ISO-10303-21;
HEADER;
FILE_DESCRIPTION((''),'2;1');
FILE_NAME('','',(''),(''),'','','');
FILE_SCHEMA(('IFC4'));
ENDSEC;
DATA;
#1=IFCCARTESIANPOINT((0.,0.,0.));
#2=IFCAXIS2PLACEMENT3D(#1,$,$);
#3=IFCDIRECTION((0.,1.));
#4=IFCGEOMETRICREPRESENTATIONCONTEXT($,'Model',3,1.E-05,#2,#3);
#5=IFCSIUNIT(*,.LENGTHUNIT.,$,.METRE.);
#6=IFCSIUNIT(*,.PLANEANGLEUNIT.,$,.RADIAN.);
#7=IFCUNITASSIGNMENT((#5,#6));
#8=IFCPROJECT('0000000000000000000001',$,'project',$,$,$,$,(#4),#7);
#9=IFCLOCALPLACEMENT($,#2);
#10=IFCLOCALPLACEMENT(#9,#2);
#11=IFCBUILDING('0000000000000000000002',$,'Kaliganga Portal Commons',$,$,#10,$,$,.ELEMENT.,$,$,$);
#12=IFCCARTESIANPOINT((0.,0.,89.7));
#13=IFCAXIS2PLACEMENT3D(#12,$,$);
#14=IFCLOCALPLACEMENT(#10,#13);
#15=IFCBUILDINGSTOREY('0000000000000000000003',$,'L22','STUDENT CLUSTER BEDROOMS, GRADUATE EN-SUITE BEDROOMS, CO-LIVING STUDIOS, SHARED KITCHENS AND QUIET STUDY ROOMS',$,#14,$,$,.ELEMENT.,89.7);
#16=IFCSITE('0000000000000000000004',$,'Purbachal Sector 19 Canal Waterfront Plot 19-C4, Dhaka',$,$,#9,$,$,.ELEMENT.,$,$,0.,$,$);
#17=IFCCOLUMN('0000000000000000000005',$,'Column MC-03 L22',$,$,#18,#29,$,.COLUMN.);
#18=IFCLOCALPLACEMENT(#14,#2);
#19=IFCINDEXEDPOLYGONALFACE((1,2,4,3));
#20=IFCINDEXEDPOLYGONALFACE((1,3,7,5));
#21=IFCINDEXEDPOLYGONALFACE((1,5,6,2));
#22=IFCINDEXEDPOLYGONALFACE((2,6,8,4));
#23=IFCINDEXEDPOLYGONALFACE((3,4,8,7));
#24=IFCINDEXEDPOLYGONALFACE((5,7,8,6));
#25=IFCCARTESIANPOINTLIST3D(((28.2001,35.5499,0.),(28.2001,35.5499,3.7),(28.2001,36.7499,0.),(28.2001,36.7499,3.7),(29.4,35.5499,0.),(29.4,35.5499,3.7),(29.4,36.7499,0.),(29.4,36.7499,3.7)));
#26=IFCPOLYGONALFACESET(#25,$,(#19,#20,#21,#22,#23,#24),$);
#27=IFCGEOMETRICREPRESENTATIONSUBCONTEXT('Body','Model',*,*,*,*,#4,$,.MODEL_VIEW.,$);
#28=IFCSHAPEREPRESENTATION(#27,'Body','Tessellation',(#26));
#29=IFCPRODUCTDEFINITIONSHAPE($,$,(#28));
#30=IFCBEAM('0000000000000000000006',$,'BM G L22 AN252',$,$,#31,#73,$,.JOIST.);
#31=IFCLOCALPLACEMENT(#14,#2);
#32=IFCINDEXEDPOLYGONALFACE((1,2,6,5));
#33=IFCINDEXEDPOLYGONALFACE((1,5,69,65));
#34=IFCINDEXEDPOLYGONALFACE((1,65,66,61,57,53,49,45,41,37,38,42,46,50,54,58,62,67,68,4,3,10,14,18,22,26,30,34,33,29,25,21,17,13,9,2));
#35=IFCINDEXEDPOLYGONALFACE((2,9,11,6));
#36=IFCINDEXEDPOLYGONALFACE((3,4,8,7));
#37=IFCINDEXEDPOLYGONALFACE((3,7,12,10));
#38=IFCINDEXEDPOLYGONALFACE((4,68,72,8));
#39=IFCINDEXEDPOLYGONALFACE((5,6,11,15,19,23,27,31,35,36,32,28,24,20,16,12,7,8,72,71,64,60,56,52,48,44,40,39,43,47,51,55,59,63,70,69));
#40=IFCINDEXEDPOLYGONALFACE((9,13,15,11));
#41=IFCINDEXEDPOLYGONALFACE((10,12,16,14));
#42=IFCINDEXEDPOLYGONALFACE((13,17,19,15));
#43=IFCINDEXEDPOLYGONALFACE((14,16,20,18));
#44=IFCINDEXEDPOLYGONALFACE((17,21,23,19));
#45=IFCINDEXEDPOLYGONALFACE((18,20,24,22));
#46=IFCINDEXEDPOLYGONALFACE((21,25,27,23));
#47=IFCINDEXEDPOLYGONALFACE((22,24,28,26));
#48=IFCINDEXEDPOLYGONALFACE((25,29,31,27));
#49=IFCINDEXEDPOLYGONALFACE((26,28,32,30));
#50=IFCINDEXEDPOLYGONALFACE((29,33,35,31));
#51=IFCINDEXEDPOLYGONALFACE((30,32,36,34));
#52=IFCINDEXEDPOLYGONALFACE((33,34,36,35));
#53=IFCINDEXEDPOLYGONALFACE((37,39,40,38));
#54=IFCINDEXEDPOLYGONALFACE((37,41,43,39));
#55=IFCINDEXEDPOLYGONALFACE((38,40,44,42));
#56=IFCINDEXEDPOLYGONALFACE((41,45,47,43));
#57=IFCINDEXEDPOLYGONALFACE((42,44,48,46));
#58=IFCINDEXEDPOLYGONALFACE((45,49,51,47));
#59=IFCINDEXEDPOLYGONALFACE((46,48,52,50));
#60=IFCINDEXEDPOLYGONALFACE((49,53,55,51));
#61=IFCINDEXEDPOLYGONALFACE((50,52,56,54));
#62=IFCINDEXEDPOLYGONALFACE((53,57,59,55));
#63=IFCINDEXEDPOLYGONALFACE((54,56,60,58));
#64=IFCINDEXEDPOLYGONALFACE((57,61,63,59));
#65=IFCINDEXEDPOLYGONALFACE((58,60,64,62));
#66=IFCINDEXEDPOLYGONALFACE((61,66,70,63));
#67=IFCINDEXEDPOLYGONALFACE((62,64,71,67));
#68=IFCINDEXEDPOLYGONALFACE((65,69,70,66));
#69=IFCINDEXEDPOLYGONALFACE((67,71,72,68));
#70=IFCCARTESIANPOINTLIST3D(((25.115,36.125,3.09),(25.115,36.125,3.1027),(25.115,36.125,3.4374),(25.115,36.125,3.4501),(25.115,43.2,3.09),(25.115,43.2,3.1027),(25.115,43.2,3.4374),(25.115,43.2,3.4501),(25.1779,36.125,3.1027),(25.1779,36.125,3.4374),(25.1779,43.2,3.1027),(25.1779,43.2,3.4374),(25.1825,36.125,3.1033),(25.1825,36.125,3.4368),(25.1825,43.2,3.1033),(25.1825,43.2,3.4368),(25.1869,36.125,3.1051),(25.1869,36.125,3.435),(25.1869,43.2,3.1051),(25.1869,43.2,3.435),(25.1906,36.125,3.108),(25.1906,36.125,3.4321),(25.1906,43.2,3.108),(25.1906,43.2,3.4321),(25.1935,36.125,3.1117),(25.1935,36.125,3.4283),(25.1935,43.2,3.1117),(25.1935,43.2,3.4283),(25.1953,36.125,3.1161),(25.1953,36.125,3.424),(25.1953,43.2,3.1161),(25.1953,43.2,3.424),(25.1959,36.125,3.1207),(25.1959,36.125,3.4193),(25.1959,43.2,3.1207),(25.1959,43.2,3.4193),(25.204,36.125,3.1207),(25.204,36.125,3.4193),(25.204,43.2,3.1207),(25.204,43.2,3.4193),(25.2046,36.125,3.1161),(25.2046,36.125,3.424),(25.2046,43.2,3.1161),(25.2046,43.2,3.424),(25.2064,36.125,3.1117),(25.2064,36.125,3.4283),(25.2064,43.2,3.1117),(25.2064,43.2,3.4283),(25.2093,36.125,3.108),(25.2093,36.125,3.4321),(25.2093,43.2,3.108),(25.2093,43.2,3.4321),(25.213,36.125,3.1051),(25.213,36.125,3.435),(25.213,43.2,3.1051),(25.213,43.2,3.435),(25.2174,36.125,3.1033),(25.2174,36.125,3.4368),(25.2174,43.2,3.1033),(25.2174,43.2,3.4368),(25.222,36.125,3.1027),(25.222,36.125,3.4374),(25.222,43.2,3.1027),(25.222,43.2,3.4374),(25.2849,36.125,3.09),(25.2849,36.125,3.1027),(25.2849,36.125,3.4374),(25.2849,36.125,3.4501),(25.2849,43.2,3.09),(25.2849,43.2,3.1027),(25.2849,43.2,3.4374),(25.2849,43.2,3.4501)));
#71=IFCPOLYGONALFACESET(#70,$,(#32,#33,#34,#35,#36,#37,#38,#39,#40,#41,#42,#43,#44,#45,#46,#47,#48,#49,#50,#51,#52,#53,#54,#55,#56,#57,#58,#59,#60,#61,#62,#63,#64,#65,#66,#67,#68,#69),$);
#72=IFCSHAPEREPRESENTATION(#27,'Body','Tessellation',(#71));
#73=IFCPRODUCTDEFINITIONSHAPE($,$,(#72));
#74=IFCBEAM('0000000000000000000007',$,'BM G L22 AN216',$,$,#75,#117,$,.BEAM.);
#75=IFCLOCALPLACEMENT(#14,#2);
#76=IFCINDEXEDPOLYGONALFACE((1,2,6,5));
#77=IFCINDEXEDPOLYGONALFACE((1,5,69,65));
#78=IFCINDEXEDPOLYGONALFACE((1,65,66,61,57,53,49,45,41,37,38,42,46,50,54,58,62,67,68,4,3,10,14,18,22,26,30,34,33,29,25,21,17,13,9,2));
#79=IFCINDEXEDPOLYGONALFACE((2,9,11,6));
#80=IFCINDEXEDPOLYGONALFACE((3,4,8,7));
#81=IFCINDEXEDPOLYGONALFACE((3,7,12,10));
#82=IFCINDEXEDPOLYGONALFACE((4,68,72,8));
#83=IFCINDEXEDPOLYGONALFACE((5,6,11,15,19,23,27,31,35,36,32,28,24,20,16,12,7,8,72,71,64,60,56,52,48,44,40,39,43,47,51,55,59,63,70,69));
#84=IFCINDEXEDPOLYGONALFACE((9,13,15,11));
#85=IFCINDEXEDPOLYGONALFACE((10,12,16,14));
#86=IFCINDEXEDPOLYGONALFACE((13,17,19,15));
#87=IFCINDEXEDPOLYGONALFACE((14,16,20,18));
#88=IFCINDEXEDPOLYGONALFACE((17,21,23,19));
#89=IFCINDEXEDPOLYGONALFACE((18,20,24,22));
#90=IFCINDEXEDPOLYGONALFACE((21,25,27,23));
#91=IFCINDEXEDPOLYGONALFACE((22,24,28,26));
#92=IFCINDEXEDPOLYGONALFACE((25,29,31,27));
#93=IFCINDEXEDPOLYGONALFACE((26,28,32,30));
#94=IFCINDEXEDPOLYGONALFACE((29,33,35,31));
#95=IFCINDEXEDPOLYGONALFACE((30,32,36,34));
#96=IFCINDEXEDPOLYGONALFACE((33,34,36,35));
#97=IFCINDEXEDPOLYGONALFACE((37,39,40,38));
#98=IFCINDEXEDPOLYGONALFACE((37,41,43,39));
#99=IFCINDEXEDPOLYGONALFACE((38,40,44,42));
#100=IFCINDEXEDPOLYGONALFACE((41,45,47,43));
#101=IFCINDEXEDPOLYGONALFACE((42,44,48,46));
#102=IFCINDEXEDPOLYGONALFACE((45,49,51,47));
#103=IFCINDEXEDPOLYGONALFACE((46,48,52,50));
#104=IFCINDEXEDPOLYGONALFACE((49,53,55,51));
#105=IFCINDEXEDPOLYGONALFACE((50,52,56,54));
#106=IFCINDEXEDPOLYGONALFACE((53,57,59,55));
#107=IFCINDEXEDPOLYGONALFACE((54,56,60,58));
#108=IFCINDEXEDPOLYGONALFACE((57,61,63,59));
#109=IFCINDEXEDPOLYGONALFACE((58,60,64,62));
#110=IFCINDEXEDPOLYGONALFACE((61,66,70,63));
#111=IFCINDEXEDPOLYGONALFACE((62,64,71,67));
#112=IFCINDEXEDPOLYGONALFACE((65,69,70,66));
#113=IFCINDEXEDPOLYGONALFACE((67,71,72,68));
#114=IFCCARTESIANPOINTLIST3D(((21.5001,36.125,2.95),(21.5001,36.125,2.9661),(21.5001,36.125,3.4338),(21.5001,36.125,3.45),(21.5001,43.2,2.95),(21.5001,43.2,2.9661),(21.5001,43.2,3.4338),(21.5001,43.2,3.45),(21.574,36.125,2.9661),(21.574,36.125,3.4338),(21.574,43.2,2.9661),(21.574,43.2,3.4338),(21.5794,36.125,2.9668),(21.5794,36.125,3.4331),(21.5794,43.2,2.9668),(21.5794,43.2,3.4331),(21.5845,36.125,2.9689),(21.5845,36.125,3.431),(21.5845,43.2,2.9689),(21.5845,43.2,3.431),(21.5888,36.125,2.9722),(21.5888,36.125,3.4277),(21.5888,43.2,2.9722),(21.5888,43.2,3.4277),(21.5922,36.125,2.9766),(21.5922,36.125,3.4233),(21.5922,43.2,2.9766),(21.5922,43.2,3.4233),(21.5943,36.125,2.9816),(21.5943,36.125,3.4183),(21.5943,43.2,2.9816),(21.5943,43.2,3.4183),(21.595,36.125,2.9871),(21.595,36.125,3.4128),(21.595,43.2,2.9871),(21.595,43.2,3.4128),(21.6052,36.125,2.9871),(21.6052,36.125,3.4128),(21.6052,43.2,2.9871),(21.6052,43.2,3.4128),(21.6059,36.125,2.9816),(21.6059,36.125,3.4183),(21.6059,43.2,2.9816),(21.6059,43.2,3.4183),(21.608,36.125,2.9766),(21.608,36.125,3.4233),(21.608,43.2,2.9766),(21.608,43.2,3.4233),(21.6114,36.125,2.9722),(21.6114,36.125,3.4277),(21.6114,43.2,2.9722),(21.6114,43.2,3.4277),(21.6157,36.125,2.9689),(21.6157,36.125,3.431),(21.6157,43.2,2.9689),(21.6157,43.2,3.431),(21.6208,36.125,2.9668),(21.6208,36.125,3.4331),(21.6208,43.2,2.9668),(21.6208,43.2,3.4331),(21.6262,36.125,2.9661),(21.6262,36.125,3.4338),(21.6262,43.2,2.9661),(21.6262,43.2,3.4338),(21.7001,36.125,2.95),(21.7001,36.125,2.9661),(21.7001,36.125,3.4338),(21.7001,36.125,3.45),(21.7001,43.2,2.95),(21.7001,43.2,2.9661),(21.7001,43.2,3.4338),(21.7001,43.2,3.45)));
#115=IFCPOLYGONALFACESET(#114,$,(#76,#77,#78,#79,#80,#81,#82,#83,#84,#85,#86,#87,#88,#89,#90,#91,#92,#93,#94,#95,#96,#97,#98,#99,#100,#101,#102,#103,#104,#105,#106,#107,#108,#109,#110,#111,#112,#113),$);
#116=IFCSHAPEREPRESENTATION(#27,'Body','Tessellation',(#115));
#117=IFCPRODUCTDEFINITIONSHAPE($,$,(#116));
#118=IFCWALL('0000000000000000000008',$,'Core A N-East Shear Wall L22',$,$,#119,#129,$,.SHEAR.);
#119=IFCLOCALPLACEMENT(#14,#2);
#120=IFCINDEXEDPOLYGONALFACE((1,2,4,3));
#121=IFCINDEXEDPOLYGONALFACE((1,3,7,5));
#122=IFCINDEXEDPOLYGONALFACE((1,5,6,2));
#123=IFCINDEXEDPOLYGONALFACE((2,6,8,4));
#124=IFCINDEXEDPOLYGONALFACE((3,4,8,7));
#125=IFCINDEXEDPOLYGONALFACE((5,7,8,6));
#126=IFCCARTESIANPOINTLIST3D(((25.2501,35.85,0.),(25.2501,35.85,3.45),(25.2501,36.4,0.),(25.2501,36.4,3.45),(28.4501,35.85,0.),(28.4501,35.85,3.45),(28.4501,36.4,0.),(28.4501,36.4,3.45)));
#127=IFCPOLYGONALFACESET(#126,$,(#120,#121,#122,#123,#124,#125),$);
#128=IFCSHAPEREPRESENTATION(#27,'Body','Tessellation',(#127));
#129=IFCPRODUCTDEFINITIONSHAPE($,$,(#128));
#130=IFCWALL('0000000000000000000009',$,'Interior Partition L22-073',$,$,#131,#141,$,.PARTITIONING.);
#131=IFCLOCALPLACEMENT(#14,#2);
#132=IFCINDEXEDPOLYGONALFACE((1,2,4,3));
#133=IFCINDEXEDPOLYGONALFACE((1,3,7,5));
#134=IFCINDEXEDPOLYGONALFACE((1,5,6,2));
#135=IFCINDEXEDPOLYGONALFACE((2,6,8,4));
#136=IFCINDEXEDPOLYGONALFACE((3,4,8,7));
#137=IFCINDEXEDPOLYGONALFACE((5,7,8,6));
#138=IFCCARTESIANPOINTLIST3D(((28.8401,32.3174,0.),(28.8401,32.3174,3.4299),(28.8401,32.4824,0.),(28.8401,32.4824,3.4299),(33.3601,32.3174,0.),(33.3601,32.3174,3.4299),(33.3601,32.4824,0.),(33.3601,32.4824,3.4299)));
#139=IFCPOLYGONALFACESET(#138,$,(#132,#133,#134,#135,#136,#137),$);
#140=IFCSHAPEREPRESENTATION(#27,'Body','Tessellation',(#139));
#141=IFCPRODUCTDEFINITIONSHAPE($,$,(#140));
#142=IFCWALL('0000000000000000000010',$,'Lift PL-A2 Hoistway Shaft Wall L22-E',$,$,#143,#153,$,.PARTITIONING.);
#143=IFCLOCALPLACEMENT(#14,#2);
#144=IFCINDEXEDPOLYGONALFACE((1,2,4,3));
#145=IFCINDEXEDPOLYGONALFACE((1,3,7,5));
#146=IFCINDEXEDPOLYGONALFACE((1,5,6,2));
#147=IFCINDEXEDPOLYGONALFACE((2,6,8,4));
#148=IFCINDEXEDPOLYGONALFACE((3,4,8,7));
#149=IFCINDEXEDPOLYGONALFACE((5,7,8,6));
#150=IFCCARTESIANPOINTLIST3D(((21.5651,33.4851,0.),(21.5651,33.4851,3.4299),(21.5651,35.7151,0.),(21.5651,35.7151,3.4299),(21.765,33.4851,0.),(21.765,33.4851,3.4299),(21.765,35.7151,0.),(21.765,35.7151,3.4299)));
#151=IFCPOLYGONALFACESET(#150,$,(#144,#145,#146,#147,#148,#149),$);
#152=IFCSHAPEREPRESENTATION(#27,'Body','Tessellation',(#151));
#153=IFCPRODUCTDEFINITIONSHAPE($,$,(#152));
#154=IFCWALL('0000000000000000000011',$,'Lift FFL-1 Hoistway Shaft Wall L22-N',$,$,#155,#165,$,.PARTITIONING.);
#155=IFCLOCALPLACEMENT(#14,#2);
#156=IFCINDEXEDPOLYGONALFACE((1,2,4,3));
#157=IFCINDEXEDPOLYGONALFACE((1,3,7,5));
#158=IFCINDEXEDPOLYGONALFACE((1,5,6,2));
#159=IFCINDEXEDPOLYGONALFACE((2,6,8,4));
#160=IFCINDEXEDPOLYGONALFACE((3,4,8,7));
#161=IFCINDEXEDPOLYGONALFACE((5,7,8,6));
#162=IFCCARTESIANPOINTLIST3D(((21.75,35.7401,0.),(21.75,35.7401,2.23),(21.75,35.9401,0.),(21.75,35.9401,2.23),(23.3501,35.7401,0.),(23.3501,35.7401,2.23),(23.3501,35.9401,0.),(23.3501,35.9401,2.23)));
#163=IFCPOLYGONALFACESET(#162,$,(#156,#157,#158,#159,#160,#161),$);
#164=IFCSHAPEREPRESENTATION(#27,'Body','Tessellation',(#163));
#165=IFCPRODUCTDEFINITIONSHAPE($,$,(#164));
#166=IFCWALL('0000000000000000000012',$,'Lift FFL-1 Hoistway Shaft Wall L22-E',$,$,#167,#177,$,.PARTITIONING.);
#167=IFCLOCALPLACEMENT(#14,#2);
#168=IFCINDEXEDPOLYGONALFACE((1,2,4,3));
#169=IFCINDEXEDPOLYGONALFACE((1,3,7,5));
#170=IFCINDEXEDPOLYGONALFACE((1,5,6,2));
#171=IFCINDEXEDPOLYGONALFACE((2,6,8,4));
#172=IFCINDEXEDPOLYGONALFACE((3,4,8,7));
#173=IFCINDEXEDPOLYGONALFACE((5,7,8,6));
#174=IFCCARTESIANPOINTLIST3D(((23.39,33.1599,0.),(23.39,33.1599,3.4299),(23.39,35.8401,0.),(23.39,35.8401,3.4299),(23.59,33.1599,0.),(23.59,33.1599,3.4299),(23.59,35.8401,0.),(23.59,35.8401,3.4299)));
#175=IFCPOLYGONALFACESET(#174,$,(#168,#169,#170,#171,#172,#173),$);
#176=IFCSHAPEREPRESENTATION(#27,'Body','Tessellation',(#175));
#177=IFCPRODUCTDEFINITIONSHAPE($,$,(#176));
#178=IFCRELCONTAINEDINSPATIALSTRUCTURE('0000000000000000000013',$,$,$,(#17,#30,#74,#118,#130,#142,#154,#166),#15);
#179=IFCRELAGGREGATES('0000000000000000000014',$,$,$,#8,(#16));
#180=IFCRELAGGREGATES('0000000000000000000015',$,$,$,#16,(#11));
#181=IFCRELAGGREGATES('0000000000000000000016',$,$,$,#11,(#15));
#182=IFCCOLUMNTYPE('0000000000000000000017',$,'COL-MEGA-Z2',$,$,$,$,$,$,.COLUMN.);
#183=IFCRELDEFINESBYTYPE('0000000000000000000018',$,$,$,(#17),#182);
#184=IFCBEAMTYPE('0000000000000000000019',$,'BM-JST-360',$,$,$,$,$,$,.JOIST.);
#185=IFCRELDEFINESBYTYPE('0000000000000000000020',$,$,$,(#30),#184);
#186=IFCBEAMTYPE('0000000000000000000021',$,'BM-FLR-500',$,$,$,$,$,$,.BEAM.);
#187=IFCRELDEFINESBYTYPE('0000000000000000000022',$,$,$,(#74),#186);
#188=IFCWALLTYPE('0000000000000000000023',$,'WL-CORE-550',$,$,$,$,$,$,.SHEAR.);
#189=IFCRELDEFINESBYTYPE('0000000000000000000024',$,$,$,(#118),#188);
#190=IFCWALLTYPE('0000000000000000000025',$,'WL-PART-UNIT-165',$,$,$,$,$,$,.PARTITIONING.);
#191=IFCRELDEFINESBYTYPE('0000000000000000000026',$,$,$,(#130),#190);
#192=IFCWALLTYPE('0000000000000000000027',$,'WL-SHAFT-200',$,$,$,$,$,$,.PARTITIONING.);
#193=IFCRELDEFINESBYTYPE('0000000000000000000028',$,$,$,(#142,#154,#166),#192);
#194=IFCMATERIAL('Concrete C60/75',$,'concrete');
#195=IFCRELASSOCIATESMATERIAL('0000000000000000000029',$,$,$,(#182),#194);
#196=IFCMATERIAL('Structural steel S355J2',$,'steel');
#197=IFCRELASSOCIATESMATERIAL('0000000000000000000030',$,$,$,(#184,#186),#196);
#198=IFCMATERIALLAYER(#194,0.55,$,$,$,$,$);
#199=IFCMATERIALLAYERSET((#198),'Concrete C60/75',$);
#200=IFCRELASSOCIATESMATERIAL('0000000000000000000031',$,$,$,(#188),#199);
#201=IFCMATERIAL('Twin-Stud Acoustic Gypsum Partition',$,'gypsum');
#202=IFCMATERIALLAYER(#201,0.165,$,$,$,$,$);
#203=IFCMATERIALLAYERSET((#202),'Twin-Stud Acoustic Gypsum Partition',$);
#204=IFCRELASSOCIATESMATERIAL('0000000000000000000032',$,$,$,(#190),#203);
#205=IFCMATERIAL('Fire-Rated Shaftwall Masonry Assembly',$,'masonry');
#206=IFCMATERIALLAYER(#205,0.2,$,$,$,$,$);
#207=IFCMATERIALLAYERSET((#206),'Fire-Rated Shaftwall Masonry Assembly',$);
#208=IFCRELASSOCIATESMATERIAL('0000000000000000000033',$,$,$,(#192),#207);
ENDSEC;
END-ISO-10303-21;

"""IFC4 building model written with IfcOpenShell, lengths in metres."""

from ifc_helpers import new_model, si_unit, direction, frame, frame_2d, origin, origin_2d, place, context, subcontext, project, spatial, rectangle, i_section, extrude, source, transform, mapped, material, layer, layer_set, material_profile, profile_set, type_object, element, save


model = new_model("IFC4")

# Units and contexts
model_context = context("Model", 3, precision=1e-05, world=origin(), true_north=direction((0.0, 1.0)))
body_context = subcontext(model_context, "Body", "Model", "MODEL_VIEW")
ifc_project = project(units=[si_unit("LENGTHUNIT", "METRE"), si_unit("PLANEANGLEUNIT", "RADIAN")], contexts=[model_context])

# Site, building, storey
site_placement = place(None, origin())
site = spatial("IfcSite", under=ifc_project, at=site_placement, Name="Purbachal Sector 19 Canal Waterfront Plot 19-C4, Dhaka", CompositionType="ELEMENT", RefElevation=0.0)
building_placement = place(site_placement, origin())
building = spatial("IfcBuilding", under=site, at=building_placement, Name="Kaliganga Portal Commons", CompositionType="ELEMENT")
storey_placement = place(building_placement, frame((0.0, 0.0, 89.7)))
storey = spatial("IfcBuildingStorey", under=building, at=storey_placement, Name="L22", Description="STUDENT CLUSTER BEDROOMS, GRADUATE EN-SUITE BEDROOMS, CO-LIVING STUDIOS, SHARED KITCHENS AND QUIET STUDY ROOMS", CompositionType="ELEMENT", Elevation=89.7)

# Column
ifc_material_1 = material(Name="Concrete C60/75", Category="concrete")
ifc_material_profile_1 = material_profile(ifc_material_1, rectangle(XDim=1.2, YDim=1.2, at=origin_2d()), Name="RC 1200x1200")
ifc_profile_set_1 = profile_set([ifc_material_profile_1], Name="Concrete C60/75")
column_type = type_object("IfcColumnType", Name="COL-MEGA-Z2", PredefinedType="COLUMN", material=ifc_profile_set_1)
shared_shape_1 = source(origin(), body_context, "Body", "SweptSolid", [
    extrude(rectangle(XDim=1.2, YDim=1.2, at=origin_2d()), origin(), (0.0, 0.0, 1.0), 3.7),
])
column_placement = place(storey_placement, frame((28.8, 36.1499, 0.0), z_axis=(0.0, 0.0, 1.0), x_axis=(1.0, 0.0, 0.0)))
element("IfcColumn", 1, at=column_placement, inside=storey, type_object=column_type, Name="Column MC-03 L22", PredefinedType="COLUMN", context=body_context, shape_type="MappedRepresentation", body=[
    mapped(shared_shape_1, transform((0.0, 0.0, 0.0), x_axis=(1.0, 0.0, 0.0), y_axis=(0.0, 1.0, 0.0), z_axis=(0.0, 0.0, 1.0), scale=1.0)),
])

# Beams
ifc_material_2 = material(Name="Structural steel S355J2", Category="steel")
ifc_material_profile_2 = material_profile(ifc_material_2, i_section(OverallWidth=0.1699, OverallDepth=0.3601, WebThickness=0.0081, FlangeThickness=0.0127, FilletRadius=0.0181, at=origin_2d()), Name="IPE 360")
ifc_profile_set_2 = profile_set([ifc_material_profile_2], Name="Structural steel S355J2 wide-flange")
beam_type_1 = type_object("IfcBeamType", Name="BM-JST-360", PredefinedType="JOIST", material=ifc_profile_set_2)
shared_shape_2 = source(origin(), body_context, "Body", "SweptSolid", [
    extrude(i_section(OverallWidth=0.1699, OverallDepth=0.3601, WebThickness=0.0081, FlangeThickness=0.0127, FilletRadius=0.0181, at=origin_2d()), origin(), (0.0, 0.0, 1.0), 7.075),
])
beam_1_placement = place(storey_placement, frame((25.2, 36.125, 3.27), z_axis=(0.0, 1.0, 0.0), x_axis=(-1.0, 0.0, 0.0)))
element("IfcBeam", 2, at=beam_1_placement, inside=storey, type_object=beam_type_1, Name="BM G L22 AN252", PredefinedType="JOIST", context=body_context, shape_type="MappedRepresentation", body=[
    mapped(shared_shape_2, transform((0.0, 0.0, 0.0), x_axis=(1.0, 0.0, 0.0), y_axis=(0.0, 1.0, 0.0), z_axis=(0.0, 0.0, 1.0), scale=1.0)),
])
ifc_material_profile_3 = material_profile(ifc_material_2, i_section(OverallWidth=0.2, OverallDepth=0.5, WebThickness=0.0103, FlangeThickness=0.0161, FilletRadius=0.021, at=origin_2d()), Name="IPE 500")
ifc_profile_set_3 = profile_set([ifc_material_profile_3], Name="Structural steel S355J2 wide-flange")
beam_type_2 = type_object("IfcBeamType", Name="BM-FLR-500", PredefinedType="BEAM", material=ifc_profile_set_3)
shared_shape_3 = source(origin(), body_context, "Body", "SweptSolid", [
    extrude(i_section(OverallWidth=0.2, OverallDepth=0.5, WebThickness=0.0103, FlangeThickness=0.0161, FilletRadius=0.021, at=origin_2d()), origin(), (0.0, 0.0, 1.0), 7.075),
])
beam_2_placement = place(storey_placement, frame((21.6001, 36.125, 3.2), z_axis=(0.0, 1.0, 0.0), x_axis=(-1.0, 0.0, 0.0)))
element("IfcBeam", 3, at=beam_2_placement, inside=storey, type_object=beam_type_2, Name="BM G L22 AN216", PredefinedType="BEAM", context=body_context, shape_type="MappedRepresentation", body=[
    mapped(shared_shape_3, transform((0.0, 0.0, 0.0), x_axis=(1.0, 0.0, 0.0), y_axis=(0.0, 1.0, 0.0), z_axis=(0.0, 0.0, 1.0), scale=1.0)),
])

# Walls
ifc_layer_1 = layer(ifc_material_1, 0.55)
ifc_layer_set_1 = layer_set([ifc_layer_1], Name="Concrete C60/75")
wall_type_1 = type_object("IfcWallType", Name="WL-CORE-550", PredefinedType="SHEAR", material=ifc_layer_set_1)
wall_1_placement = place(storey_placement, frame((25.25, 36.125, 0.0), z_axis=(0.0, 0.0, 1.0), x_axis=(1.0, 0.0, 0.0)))
element("IfcWall", 4, at=wall_1_placement, inside=storey, type_object=wall_type_1, Name="Core A N-East Shear Wall L22", PredefinedType="SHEAR", context=body_context, shape_type="SweptSolid", body=[
    extrude(rectangle(XDim=3.2, YDim=0.55, at=frame_2d((1.6001, 0.0))), origin(), (0.0, 0.0, 1.0), 3.45),
])
ifc_material_3 = material(Name="Twin-Stud Acoustic Gypsum Partition", Category="gypsum")
ifc_layer_2 = layer(ifc_material_3, 0.165)
ifc_layer_set_2 = layer_set([ifc_layer_2], Name="Twin-Stud Acoustic Gypsum Partition")
wall_type_2 = type_object("IfcWallType", Name="WL-PART-UNIT-165", PredefinedType="PARTITIONING", material=ifc_layer_set_2)
wall_2_placement = place(storey_placement, frame((28.8401, 32.3999, 0.0), z_axis=(0.0, 0.0, 1.0), x_axis=(1.0, 0.0, 0.0)))
element("IfcWall", 5, at=wall_2_placement, inside=storey, type_object=wall_type_2, Name="Interior Partition L22-073", PredefinedType="PARTITIONING", context=body_context, shape_type="SweptSolid", body=[
    extrude(rectangle(XDim=4.52, YDim=0.165, at=frame_2d((2.26, 0.0))), origin(), (0.0, 0.0, 1.0), 3.4299),
])
ifc_material_4 = material(Name="Fire-Rated Shaftwall Masonry Assembly", Category="masonry")
ifc_layer_3 = layer(ifc_material_4, 0.2)
ifc_layer_set_3 = layer_set([ifc_layer_3], Name="Fire-Rated Shaftwall Masonry Assembly")
wall_type_3 = type_object("IfcWallType", Name="WL-SHAFT-200", PredefinedType="PARTITIONING", material=ifc_layer_set_3)
wall_3_placement = place(storey_placement, frame((21.665, 33.4851, 0.0), z_axis=(0.0, 0.0, 1.0), x_axis=(0.0, 1.0, 0.0)))
element("IfcWall", 6, at=wall_3_placement, inside=storey, type_object=wall_type_3, Name="Lift PL-A2 Hoistway Shaft Wall L22-E", PredefinedType="PARTITIONING", context=body_context, shape_type="SweptSolid", body=[
    extrude(rectangle(XDim=2.23, YDim=0.2, at=frame_2d((1.115, 0.0))), origin(), (0.0, 0.0, 1.0), 3.4299),
])

# Walls
wall_4_placement = place(storey_placement, frame((21.75, 35.8401, 0.0), z_axis=(0.0, 0.0, 1.0), x_axis=(1.0, 0.0, 0.0)))
element("IfcWall", 7, at=wall_4_placement, inside=storey, type_object=wall_type_3, Name="Lift FFL-1 Hoistway Shaft Wall L22-N", PredefinedType="PARTITIONING", context=body_context, shape_type="SweptSolid", body=[
    extrude(rectangle(XDim=1.6001, YDim=0.2, at=frame_2d((0.8, 0.0))), origin(), (0.0, 0.0, 1.0), 2.23),
])
wall_5_placement = place(storey_placement, frame((23.49, 33.1599, 0.0), z_axis=(0.0, 0.0, 1.0), x_axis=(0.0, 1.0, 0.0)))
element("IfcWall", 8, at=wall_5_placement, inside=storey, type_object=wall_type_3, Name="Lift FFL-1 Hoistway Shaft Wall L22-E", PredefinedType="PARTITIONING", context=body_context, shape_type="SweptSolid", body=[
    extrude(rectangle(XDim=2.6802, YDim=0.2, at=frame_2d((1.3401, 0.0))), origin(), (0.0, 0.0, 1.0), 3.4299),
])

save(model, "model.ifc")
